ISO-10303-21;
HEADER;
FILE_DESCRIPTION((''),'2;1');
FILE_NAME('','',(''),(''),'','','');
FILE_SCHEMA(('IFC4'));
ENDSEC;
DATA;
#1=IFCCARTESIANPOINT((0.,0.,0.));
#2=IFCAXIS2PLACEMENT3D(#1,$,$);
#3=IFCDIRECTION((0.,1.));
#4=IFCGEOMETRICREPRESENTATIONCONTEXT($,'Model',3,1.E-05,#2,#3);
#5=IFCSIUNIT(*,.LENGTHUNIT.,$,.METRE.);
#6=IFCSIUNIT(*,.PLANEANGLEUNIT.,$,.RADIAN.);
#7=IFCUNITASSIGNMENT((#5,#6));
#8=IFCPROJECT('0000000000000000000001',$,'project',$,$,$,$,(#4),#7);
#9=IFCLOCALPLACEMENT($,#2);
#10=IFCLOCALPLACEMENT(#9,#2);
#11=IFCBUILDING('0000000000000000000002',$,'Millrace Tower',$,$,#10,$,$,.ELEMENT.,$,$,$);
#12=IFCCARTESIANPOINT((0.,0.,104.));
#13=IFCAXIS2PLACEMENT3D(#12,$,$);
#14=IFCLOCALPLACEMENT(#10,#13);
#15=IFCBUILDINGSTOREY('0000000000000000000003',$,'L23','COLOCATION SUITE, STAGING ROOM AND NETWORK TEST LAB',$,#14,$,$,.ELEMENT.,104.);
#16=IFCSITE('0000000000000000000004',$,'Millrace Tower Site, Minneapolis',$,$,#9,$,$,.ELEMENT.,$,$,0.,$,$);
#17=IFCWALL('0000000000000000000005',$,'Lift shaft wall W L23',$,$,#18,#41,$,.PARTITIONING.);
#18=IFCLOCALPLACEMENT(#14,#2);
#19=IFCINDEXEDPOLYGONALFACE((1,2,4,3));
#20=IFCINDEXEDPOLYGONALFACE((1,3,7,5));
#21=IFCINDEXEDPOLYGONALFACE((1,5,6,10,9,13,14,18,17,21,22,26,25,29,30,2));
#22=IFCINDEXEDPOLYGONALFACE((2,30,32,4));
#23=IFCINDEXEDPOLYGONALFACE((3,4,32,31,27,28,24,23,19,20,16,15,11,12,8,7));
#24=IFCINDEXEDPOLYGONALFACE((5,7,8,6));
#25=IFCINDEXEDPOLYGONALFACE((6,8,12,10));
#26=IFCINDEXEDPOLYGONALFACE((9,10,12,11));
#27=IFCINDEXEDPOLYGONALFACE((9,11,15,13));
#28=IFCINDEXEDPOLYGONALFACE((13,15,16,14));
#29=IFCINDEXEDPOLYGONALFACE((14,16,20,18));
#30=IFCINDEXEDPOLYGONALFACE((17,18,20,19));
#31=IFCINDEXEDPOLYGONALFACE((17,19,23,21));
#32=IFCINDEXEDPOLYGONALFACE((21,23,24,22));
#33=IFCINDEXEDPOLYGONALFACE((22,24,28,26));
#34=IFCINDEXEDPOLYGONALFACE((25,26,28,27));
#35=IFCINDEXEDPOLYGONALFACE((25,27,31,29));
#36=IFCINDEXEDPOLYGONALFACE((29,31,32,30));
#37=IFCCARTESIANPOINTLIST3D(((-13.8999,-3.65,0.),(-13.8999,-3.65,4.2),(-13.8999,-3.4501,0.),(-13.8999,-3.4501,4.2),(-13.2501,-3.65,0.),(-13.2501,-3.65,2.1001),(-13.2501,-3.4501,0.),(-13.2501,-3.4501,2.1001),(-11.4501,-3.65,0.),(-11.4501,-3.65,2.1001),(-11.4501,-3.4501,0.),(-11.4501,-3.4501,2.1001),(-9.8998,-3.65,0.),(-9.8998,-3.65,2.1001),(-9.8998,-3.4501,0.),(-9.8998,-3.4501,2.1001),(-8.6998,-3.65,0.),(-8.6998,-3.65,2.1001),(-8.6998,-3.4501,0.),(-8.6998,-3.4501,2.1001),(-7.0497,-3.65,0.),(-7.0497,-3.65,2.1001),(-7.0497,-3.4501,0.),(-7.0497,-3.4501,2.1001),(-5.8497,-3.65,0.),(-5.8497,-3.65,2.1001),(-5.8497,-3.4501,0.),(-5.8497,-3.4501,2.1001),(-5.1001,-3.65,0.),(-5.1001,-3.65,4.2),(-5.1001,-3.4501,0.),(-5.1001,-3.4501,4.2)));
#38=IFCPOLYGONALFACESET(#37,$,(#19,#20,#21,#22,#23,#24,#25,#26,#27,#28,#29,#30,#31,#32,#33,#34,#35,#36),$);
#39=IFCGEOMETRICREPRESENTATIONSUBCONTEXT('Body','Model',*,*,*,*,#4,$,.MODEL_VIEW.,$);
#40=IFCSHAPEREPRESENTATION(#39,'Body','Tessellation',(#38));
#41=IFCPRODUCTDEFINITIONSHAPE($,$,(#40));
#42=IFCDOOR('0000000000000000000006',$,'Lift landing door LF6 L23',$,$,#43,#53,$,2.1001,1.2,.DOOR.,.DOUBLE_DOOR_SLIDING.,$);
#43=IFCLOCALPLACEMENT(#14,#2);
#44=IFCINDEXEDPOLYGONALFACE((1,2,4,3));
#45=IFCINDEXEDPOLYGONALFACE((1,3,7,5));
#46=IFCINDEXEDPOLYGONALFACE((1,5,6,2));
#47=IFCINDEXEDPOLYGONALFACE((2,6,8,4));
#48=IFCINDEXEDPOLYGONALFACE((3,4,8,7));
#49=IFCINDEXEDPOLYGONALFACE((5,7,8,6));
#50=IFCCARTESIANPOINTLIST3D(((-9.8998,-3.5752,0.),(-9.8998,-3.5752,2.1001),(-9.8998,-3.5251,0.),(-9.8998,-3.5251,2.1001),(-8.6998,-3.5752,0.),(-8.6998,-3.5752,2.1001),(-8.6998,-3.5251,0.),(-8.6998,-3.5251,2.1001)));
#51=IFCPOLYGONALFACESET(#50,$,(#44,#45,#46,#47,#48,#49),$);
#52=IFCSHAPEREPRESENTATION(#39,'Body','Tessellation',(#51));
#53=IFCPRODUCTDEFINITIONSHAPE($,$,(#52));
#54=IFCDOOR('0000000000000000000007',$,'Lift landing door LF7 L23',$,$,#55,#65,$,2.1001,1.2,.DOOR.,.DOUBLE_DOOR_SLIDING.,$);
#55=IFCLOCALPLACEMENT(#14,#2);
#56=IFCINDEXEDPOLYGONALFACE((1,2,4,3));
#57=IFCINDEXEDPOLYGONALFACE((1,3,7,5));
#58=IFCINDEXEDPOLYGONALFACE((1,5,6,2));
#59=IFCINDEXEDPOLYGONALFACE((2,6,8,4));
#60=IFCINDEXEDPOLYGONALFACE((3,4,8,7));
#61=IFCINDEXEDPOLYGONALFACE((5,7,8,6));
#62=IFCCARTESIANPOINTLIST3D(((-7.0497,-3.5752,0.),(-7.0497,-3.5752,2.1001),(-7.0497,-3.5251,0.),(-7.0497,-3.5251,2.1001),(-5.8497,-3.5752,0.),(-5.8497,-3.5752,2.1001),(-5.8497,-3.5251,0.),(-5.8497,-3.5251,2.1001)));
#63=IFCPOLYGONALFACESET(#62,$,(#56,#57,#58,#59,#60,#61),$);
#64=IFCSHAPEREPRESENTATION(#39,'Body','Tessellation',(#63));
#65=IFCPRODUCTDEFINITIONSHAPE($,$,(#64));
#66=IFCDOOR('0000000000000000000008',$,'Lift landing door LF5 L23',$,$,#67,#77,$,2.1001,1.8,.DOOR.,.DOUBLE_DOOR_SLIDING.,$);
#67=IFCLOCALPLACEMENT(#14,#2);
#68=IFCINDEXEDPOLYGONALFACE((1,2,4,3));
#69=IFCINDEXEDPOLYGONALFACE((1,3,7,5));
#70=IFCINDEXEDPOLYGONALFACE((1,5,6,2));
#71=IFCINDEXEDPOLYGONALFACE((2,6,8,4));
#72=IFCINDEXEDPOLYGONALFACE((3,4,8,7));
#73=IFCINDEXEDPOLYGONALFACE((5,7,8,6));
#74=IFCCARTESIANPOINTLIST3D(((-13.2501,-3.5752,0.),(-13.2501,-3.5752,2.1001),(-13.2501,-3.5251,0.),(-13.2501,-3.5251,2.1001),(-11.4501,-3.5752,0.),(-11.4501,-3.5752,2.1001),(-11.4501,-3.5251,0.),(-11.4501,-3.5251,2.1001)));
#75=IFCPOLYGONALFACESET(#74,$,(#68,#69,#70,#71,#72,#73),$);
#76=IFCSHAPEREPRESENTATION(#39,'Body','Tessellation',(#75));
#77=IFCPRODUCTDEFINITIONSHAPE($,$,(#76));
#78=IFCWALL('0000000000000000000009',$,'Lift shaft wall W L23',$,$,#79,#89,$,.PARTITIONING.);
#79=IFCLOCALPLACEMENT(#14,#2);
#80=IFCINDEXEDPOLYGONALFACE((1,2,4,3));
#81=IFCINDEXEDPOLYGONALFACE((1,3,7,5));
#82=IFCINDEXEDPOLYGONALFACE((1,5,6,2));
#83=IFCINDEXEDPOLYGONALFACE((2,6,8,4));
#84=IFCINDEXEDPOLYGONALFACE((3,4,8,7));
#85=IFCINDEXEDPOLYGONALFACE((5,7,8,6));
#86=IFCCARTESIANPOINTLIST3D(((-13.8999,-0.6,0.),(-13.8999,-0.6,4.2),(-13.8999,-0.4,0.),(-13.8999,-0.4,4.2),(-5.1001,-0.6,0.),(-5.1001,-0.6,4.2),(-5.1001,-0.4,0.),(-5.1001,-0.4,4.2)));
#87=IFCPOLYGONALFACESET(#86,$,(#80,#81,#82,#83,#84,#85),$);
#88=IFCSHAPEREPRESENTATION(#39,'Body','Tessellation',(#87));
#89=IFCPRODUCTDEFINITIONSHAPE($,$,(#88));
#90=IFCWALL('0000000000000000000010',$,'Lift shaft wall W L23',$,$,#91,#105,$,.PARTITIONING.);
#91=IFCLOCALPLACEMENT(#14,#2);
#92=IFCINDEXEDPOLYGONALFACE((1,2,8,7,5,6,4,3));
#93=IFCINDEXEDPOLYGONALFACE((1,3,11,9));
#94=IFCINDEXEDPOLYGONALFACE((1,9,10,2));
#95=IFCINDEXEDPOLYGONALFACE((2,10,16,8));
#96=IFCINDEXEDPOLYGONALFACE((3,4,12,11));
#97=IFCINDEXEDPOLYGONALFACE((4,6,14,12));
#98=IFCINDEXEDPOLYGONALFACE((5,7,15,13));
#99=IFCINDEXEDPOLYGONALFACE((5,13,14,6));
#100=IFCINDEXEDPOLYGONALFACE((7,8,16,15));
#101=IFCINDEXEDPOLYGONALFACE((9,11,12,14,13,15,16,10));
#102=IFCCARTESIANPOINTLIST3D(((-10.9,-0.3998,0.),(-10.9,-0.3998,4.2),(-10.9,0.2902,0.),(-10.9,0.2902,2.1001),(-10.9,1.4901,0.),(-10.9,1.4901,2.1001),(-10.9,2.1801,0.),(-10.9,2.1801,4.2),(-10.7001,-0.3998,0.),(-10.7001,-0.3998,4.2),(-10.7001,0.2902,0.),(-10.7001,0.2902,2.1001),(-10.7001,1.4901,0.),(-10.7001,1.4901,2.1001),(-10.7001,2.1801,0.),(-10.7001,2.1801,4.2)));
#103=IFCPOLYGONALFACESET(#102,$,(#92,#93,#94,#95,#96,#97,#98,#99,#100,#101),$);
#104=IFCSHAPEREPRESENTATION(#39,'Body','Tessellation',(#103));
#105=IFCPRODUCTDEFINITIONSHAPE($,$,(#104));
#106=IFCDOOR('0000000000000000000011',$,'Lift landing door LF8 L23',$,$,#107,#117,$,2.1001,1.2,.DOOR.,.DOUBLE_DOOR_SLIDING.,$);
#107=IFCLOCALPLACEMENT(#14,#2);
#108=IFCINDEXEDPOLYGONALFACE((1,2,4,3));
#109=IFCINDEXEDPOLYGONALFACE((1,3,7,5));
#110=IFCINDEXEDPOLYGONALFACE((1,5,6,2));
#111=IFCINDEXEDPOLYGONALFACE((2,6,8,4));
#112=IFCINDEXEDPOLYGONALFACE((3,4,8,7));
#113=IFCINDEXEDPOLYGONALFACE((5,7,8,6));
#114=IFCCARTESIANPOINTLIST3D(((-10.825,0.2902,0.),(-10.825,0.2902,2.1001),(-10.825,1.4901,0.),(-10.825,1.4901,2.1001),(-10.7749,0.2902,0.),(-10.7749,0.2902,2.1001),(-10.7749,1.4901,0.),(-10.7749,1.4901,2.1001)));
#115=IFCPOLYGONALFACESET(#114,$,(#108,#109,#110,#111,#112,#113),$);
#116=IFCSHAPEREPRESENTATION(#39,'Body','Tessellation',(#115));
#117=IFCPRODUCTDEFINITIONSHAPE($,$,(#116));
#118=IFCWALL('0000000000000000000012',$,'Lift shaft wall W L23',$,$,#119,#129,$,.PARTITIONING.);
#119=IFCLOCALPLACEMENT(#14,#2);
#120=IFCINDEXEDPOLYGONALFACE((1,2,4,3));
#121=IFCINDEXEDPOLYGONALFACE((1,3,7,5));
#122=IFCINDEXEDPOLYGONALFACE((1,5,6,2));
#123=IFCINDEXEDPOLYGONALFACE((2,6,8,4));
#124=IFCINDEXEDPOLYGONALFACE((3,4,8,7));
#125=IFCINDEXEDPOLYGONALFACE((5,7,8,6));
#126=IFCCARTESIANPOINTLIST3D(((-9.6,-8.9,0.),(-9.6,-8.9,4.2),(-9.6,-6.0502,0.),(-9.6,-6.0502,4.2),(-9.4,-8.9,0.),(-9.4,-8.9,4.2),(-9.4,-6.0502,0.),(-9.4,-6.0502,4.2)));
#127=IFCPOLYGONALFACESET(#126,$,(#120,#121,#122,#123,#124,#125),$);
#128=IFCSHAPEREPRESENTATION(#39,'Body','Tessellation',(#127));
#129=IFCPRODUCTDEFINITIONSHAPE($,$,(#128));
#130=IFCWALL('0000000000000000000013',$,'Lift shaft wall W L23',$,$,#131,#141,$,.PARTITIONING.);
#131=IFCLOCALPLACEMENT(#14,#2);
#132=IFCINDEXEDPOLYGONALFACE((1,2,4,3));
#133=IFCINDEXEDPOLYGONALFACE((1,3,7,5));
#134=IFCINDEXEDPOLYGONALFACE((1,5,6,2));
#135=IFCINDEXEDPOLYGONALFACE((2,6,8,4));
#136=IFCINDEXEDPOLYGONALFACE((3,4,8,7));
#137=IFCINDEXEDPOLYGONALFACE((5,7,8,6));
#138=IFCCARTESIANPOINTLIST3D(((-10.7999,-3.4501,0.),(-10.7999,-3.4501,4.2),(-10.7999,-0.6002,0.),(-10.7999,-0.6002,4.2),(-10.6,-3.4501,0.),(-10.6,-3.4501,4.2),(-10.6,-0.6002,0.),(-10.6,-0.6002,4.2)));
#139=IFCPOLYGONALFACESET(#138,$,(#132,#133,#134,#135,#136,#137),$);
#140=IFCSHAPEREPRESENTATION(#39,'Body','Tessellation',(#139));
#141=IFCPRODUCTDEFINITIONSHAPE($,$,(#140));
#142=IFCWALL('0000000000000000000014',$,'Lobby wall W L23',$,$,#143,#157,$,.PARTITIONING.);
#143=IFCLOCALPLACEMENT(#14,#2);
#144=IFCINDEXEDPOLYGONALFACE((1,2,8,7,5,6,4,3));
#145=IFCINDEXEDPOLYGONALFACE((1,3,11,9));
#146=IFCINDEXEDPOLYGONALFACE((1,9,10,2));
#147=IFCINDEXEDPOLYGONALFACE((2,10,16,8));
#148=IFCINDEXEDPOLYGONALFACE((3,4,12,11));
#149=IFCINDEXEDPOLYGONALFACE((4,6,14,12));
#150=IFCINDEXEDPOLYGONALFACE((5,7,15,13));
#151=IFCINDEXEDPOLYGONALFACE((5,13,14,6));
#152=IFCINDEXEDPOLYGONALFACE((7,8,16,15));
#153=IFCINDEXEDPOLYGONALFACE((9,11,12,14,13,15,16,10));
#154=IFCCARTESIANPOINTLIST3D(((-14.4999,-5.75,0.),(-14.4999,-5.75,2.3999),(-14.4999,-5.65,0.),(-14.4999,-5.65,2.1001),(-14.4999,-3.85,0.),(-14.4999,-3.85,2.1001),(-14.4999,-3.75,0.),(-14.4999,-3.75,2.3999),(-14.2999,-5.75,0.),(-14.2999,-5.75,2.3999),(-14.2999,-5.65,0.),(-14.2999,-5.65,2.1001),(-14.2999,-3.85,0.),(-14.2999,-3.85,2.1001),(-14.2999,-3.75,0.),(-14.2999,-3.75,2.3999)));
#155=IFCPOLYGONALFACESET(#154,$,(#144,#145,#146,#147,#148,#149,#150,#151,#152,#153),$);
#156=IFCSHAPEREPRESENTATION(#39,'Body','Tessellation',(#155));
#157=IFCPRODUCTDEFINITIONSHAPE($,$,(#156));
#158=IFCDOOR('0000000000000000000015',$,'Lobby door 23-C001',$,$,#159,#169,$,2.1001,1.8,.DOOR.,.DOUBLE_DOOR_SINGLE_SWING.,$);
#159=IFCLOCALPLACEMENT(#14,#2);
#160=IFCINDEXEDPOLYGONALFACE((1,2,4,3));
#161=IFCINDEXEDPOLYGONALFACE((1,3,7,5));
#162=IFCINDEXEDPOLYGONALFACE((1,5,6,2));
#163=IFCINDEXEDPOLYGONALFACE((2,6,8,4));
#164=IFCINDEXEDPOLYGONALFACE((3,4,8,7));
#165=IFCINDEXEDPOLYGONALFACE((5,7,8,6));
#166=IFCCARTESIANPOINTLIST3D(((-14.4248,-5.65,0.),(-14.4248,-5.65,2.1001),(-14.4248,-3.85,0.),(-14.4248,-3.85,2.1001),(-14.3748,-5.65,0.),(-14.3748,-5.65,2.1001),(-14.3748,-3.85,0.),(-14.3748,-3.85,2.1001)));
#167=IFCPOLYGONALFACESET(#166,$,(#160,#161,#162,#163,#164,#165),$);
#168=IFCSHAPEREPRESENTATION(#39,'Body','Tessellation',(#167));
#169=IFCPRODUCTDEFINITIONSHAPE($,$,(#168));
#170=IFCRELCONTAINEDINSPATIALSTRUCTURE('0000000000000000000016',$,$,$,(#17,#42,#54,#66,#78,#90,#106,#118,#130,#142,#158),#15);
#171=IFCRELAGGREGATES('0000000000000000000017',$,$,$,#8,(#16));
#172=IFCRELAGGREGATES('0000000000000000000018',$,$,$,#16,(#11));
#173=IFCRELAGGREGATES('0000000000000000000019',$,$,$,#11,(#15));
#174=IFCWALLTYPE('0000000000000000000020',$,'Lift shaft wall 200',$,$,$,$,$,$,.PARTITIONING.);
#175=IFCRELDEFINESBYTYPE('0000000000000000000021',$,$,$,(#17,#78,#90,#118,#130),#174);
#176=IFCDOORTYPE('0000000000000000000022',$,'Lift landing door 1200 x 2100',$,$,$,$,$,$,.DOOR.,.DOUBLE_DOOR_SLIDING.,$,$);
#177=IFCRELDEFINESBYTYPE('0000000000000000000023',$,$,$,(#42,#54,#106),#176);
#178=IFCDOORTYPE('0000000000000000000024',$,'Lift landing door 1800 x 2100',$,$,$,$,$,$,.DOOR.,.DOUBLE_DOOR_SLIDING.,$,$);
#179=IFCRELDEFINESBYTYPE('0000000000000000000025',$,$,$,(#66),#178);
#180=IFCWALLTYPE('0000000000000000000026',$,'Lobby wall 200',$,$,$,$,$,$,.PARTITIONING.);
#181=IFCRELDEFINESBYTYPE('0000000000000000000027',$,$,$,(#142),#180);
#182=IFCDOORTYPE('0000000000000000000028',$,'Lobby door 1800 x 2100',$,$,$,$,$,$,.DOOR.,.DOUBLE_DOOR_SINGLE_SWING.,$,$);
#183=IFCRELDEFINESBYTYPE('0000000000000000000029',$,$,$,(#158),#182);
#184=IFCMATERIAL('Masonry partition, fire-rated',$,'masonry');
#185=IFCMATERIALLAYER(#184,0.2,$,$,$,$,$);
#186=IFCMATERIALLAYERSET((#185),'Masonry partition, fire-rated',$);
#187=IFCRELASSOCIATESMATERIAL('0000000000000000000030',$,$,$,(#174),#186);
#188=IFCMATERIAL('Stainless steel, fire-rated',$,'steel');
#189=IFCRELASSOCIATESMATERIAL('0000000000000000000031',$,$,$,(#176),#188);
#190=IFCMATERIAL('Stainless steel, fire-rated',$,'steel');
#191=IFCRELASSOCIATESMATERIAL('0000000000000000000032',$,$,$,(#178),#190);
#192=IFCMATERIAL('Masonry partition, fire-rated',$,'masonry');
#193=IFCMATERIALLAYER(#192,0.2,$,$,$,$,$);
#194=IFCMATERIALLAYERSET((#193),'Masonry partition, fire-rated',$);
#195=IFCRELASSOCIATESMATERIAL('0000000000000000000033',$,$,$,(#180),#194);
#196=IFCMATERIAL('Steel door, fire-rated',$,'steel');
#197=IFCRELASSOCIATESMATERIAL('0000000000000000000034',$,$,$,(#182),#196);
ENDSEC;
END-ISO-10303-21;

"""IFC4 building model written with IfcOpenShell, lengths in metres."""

from ifc_helpers import new_model, si_unit, direction, frame, frame_2d, origin, place, context, subcontext, project, spatial, rectangle, extrude, material, layer, layer_set, type_object, element, fill, save


model = new_model("IFC4")

# Units and contexts
model_context = context("Model", 3, precision=1e-05, world=origin(), true_north=direction((0.0, 1.0)))
body_context = subcontext(model_context, "Body", "Model", "MODEL_VIEW")
ifc_project = project(units=[si_unit("LENGTHUNIT", "METRE"), si_unit("PLANEANGLEUNIT", "RADIAN")], contexts=[model_context])

# Site, building, storey
site_placement = place(None, origin())
site = spatial("IfcSite", under=ifc_project, at=site_placement, Name="Millrace Tower Site, Minneapolis", CompositionType="ELEMENT", RefElevation=0.0)
building_placement = place(site_placement, origin())
building = spatial("IfcBuilding", under=site, at=building_placement, Name="Millrace Tower", CompositionType="ELEMENT")
storey_placement = place(building_placement, frame((0.0, 0.0, 104.0)))
storey = spatial("IfcBuildingStorey", under=building, at=storey_placement, Name="L23", Description="COLOCATION SUITE, STAGING ROOM AND NETWORK TEST LAB", CompositionType="ELEMENT", Elevation=104.0)

# Shared definitions
ifc_material_1 = material(Name="Masonry partition, fire-rated", Category="masonry")
ifc_layer_1 = layer(ifc_material_1, 0.2)
ifc_layer_set_1 = layer_set([ifc_layer_1], Name="Masonry partition, fire-rated")
wall_type_1 = type_object("IfcWallType", Name="Lift shaft wall 200", PredefinedType="PARTITIONING", material=ifc_layer_set_1)

# Wall, openings, doors
wall_1_placement = place(storey_placement, frame((-13.8999, -3.55, 0.0), z_axis=(0.0, 0.0, 1.0), x_axis=(1.0, 0.0, 0.0)))
wall_1 = element("IfcWall", 1, at=wall_1_placement, inside=storey, type_object=wall_type_1, Name="Lift shaft wall W L23", PredefinedType="PARTITIONING", context=body_context, shape_type="SweptSolid", body=[
    extrude(rectangle(XDim=8.7998, YDim=0.2, at=frame_2d((4.3999, 0.0))), origin(), (0.0, 0.0, 1.0), 4.2),
])
opening_1_placement = place(wall_1_placement, frame((0.6499, 0.0, 0.0)))
opening_1 = element("IfcOpeningElement", 2, at=opening_1_placement, cuts=wall_1, PredefinedType="OPENING", context=body_context, shape_type="SweptSolid", body=[
    extrude(rectangle(XDim=1.8, YDim=2.1001, at=frame_2d((0.8999, 1.05))), frame((0.0, 0.1099, 0.0), z_axis=(0.0, -1.0, 0.0), x_axis=(1.0, 0.0, 0.0)), (0.0, 0.0, 1.0), 0.22),
])
opening_2_placement = place(wall_1_placement, frame((4.0, 0.0, 0.0)))
opening_2 = element("IfcOpeningElement", 3, at=opening_2_placement, cuts=wall_1, PredefinedType="OPENING", context=body_context, shape_type="SweptSolid", body=[
    extrude(rectangle(XDim=1.2, YDim=2.1001, at=frame_2d((0.6001, 1.05))), frame((0.0, 0.1099, 0.0), z_axis=(0.0, -1.0, 0.0), x_axis=(1.0, 0.0, 0.0)), (0.0, 0.0, 1.0), 0.22),
])
opening_3_placement = place(wall_1_placement, frame((6.8501, 0.0, 0.0)))
opening_3 = element("IfcOpeningElement", 4, at=opening_3_placement, cuts=wall_1, PredefinedType="OPENING", context=body_context, shape_type="SweptSolid", body=[
    extrude(rectangle(XDim=1.2, YDim=2.1001, at=frame_2d((0.6001, 1.05))), frame((0.0, 0.1099, 0.0), z_axis=(0.0, -1.0, 0.0), x_axis=(1.0, 0.0, 0.0)), (0.0, 0.0, 1.0), 0.22),
])
ifc_material_2 = material(Name="Stainless steel, fire-rated", Category="steel")
door_type_1 = type_object("IfcDoorType", Name="Lift landing door 1200 x 2100", OperationType="DOUBLE_DOOR_SLIDING", PredefinedType="DOOR", material=ifc_material_2)
door_1_placement = place(opening_2_placement, origin())
door_1 = element("IfcDoor", 5, at=door_1_placement, inside=storey, type_object=door_type_1, Name="Lift landing door LF6 L23", OperationType="DOUBLE_DOOR_SLIDING", OverallHeight=2.1001, OverallWidth=1.2, PredefinedType="DOOR", context=body_context, shape_type="SweptSolid", body=[
    extrude(rectangle(XDim=1.2, YDim=2.1001, at=frame_2d((0.6001, 1.05))), frame((0.0, 0.0249, 0.0), z_axis=(0.0, -1.0, 0.0), x_axis=(1.0, 0.0, 0.0)), (0.0, 0.0, 1.0), 0.05),
])
fill(opening_2, door_1)
door_2_placement = place(opening_3_placement, origin())
door_2 = element("IfcDoor", 6, at=door_2_placement, inside=storey, type_object=door_type_1, Name="Lift landing door LF7 L23", OperationType="DOUBLE_DOOR_SLIDING", OverallHeight=2.1001, OverallWidth=1.2, PredefinedType="DOOR", context=body_context, shape_type="SweptSolid", body=[
    extrude(rectangle(XDim=1.2, YDim=2.1001, at=frame_2d((0.6001, 1.05))), frame((0.0, 0.0249, 0.0), z_axis=(0.0, -1.0, 0.0), x_axis=(1.0, 0.0, 0.0)), (0.0, 0.0, 1.0), 0.05),
])
fill(opening_3, door_2)
ifc_material_3 = material(Name="Stainless steel, fire-rated", Category="steel")
door_type_2 = type_object("IfcDoorType", Name="Lift landing door 1800 x 2100", OperationType="DOUBLE_DOOR_SLIDING", PredefinedType="DOOR", material=ifc_material_3)
door_3_placement = place(opening_1_placement, origin())
door_3 = element("IfcDoor", 7, at=door_3_placement, inside=storey, type_object=door_type_2, Name="Lift landing door LF5 L23", OperationType="DOUBLE_DOOR_SLIDING", OverallHeight=2.1001, OverallWidth=1.8, PredefinedType="DOOR", context=body_context, shape_type="SweptSolid", body=[
    extrude(rectangle(XDim=1.8, YDim=2.1001, at=frame_2d((0.8999, 1.05))), frame((0.0, 0.0249, 0.0), z_axis=(0.0, -1.0, 0.0), x_axis=(1.0, 0.0, 0.0)), (0.0, 0.0, 1.0), 0.05),
])
fill(opening_1, door_3)

# Wall
wall_2_placement = place(storey_placement, frame((-13.8999, -0.5, 0.0), z_axis=(0.0, 0.0, 1.0), x_axis=(1.0, 0.0, 0.0)))
element("IfcWall", 8, at=wall_2_placement, inside=storey, type_object=wall_type_1, Name="Lift shaft wall W L23", PredefinedType="PARTITIONING", context=body_context, shape_type="SweptSolid", body=[
    extrude(rectangle(XDim=8.7998, YDim=0.2, at=frame_2d((4.3999, 0.0))), origin(), (0.0, 0.0, 1.0), 4.2),
])

# Wall, opening, door
wall_3_placement = place(storey_placement, frame((-10.8, -0.3999, 0.0), z_axis=(0.0, 0.0, 1.0), x_axis=(0.0, 1.0, 0.0)))
wall_3 = element("IfcWall", 9, at=wall_3_placement, inside=storey, type_object=wall_type_1, Name="Lift shaft wall W L23", PredefinedType="PARTITIONING", context=body_context, shape_type="SweptSolid", body=[
    extrude(rectangle(XDim=2.5798, YDim=0.2, at=frame_2d((1.29, 0.0))), origin(), (0.0, 0.0, 1.0), 4.2),
])
opening_4_placement = place(wall_3_placement, frame((0.6899, 0.0, 0.0)))
opening_4 = element("IfcOpeningElement", 10, at=opening_4_placement, cuts=wall_3, PredefinedType="OPENING", context=body_context, shape_type="SweptSolid", body=[
    extrude(rectangle(XDim=1.2, YDim=2.1001, at=frame_2d((0.6001, 1.05))), frame((0.0, 0.1099, 0.0), z_axis=(0.0, -1.0, 0.0), x_axis=(1.0, 0.0, 0.0)), (0.0, 0.0, 1.0), 0.22),
])
door_4_placement = place(opening_4_placement, origin())
door_4 = element("IfcDoor", 11, at=door_4_placement, inside=storey, type_object=door_type_1, Name="Lift landing door LF8 L23", OperationType="DOUBLE_DOOR_SLIDING", OverallHeight=2.1001, OverallWidth=1.2, PredefinedType="DOOR", context=body_context, shape_type="SweptSolid", body=[
    extrude(rectangle(XDim=1.2, YDim=2.1001, at=frame_2d((0.6001, 1.05))), frame((0.0, 0.0249, 0.0), z_axis=(0.0, -1.0, 0.0), x_axis=(1.0, 0.0, 0.0)), (0.0, 0.0, 1.0), 0.05),
])
fill(opening_4, door_4)

# Walls
for number, where, z_axis, x_axis, name in (
    (12, (-9.5, -8.8999, 0.0), (0.0, 0.0, 1.0), (0.0, 1.0, 0.0), "Lift shaft wall W L23"),
    (13, (-10.7, -3.45, 0.0), (0.0, 0.0, 1.0), (0.0, 1.0, 0.0), "Lift shaft wall W L23"),
):
    element("IfcWall", number, at=place(storey_placement, frame(where, z_axis=z_axis, x_axis=x_axis)), inside=storey, type_object=wall_type_1, Name=name, PredefinedType="PARTITIONING", context=body_context, shape_type="SweptSolid", body=[
        extrude(rectangle(XDim=2.8499, YDim=0.2, at=frame_2d((1.4248, 0.0))), origin(), (0.0, 0.0, 1.0), 4.2),
    ])

# Wall, opening, door
ifc_material_4 = material(Name="Masonry partition, fire-rated", Category="masonry")
ifc_layer_2 = layer(ifc_material_4, 0.2)
ifc_layer_set_2 = layer_set([ifc_layer_2], Name="Masonry partition, fire-rated")
wall_type_2 = type_object("IfcWallType", Name="Lobby wall 200", PredefinedType="PARTITIONING", material=ifc_layer_set_2)
wall_4_placement = place(storey_placement, frame((-14.3999, -5.75, 0.0), z_axis=(0.0, 0.0, 1.0), x_axis=(0.0, 1.0, 0.0)))
wall_4 = element("IfcWall", 14, at=wall_4_placement, inside=storey, type_object=wall_type_2, Name="Lobby wall W L23", PredefinedType="PARTITIONING", context=body_context, shape_type="SweptSolid", body=[
    extrude(rectangle(XDim=2.0, YDim=0.2, at=frame_2d((1.0, 0.0))), origin(), (0.0, 0.0, 1.0), 2.3999),
])
opening_5_placement = place(wall_4_placement, frame((0.1001, 0.0, 0.0)))
opening_5 = element("IfcOpeningElement", 15, at=opening_5_placement, cuts=wall_4, PredefinedType="OPENING", context=body_context, shape_type="SweptSolid", body=[
    extrude(rectangle(XDim=1.8, YDim=2.1001, at=frame_2d((0.8999, 1.05))), frame((0.0, 0.1099, 0.0), z_axis=(0.0, -1.0, 0.0), x_axis=(1.0, 0.0, 0.0)), (0.0, 0.0, 1.0), 0.22),
])
ifc_material_5 = material(Name="Steel door, fire-rated", Category="steel")
door_type_3 = type_object("IfcDoorType", Name="Lobby door 1800 x 2100", OperationType="DOUBLE_DOOR_SINGLE_SWING", PredefinedType="DOOR", material=ifc_material_5)
door_5_placement = place(opening_5_placement, origin())
door_5 = element("IfcDoor", 16, at=door_5_placement, inside=storey, type_object=door_type_3, Name="Lobby door 23-C001", OperationType="DOUBLE_DOOR_SINGLE_SWING", OverallHeight=2.1001, OverallWidth=1.8, PredefinedType="DOOR", context=body_context, shape_type="SweptSolid", body=[
    extrude(rectangle(XDim=1.8, YDim=2.1001, at=frame_2d((0.8999, 1.05))), frame((0.0, 0.0249, 0.0), z_axis=(0.0, -1.0, 0.0), x_axis=(1.0, 0.0, 0.0)), (0.0, 0.0, 1.0), 0.05),
])
fill(opening_5, door_5)

save(model, "model.ifc")
